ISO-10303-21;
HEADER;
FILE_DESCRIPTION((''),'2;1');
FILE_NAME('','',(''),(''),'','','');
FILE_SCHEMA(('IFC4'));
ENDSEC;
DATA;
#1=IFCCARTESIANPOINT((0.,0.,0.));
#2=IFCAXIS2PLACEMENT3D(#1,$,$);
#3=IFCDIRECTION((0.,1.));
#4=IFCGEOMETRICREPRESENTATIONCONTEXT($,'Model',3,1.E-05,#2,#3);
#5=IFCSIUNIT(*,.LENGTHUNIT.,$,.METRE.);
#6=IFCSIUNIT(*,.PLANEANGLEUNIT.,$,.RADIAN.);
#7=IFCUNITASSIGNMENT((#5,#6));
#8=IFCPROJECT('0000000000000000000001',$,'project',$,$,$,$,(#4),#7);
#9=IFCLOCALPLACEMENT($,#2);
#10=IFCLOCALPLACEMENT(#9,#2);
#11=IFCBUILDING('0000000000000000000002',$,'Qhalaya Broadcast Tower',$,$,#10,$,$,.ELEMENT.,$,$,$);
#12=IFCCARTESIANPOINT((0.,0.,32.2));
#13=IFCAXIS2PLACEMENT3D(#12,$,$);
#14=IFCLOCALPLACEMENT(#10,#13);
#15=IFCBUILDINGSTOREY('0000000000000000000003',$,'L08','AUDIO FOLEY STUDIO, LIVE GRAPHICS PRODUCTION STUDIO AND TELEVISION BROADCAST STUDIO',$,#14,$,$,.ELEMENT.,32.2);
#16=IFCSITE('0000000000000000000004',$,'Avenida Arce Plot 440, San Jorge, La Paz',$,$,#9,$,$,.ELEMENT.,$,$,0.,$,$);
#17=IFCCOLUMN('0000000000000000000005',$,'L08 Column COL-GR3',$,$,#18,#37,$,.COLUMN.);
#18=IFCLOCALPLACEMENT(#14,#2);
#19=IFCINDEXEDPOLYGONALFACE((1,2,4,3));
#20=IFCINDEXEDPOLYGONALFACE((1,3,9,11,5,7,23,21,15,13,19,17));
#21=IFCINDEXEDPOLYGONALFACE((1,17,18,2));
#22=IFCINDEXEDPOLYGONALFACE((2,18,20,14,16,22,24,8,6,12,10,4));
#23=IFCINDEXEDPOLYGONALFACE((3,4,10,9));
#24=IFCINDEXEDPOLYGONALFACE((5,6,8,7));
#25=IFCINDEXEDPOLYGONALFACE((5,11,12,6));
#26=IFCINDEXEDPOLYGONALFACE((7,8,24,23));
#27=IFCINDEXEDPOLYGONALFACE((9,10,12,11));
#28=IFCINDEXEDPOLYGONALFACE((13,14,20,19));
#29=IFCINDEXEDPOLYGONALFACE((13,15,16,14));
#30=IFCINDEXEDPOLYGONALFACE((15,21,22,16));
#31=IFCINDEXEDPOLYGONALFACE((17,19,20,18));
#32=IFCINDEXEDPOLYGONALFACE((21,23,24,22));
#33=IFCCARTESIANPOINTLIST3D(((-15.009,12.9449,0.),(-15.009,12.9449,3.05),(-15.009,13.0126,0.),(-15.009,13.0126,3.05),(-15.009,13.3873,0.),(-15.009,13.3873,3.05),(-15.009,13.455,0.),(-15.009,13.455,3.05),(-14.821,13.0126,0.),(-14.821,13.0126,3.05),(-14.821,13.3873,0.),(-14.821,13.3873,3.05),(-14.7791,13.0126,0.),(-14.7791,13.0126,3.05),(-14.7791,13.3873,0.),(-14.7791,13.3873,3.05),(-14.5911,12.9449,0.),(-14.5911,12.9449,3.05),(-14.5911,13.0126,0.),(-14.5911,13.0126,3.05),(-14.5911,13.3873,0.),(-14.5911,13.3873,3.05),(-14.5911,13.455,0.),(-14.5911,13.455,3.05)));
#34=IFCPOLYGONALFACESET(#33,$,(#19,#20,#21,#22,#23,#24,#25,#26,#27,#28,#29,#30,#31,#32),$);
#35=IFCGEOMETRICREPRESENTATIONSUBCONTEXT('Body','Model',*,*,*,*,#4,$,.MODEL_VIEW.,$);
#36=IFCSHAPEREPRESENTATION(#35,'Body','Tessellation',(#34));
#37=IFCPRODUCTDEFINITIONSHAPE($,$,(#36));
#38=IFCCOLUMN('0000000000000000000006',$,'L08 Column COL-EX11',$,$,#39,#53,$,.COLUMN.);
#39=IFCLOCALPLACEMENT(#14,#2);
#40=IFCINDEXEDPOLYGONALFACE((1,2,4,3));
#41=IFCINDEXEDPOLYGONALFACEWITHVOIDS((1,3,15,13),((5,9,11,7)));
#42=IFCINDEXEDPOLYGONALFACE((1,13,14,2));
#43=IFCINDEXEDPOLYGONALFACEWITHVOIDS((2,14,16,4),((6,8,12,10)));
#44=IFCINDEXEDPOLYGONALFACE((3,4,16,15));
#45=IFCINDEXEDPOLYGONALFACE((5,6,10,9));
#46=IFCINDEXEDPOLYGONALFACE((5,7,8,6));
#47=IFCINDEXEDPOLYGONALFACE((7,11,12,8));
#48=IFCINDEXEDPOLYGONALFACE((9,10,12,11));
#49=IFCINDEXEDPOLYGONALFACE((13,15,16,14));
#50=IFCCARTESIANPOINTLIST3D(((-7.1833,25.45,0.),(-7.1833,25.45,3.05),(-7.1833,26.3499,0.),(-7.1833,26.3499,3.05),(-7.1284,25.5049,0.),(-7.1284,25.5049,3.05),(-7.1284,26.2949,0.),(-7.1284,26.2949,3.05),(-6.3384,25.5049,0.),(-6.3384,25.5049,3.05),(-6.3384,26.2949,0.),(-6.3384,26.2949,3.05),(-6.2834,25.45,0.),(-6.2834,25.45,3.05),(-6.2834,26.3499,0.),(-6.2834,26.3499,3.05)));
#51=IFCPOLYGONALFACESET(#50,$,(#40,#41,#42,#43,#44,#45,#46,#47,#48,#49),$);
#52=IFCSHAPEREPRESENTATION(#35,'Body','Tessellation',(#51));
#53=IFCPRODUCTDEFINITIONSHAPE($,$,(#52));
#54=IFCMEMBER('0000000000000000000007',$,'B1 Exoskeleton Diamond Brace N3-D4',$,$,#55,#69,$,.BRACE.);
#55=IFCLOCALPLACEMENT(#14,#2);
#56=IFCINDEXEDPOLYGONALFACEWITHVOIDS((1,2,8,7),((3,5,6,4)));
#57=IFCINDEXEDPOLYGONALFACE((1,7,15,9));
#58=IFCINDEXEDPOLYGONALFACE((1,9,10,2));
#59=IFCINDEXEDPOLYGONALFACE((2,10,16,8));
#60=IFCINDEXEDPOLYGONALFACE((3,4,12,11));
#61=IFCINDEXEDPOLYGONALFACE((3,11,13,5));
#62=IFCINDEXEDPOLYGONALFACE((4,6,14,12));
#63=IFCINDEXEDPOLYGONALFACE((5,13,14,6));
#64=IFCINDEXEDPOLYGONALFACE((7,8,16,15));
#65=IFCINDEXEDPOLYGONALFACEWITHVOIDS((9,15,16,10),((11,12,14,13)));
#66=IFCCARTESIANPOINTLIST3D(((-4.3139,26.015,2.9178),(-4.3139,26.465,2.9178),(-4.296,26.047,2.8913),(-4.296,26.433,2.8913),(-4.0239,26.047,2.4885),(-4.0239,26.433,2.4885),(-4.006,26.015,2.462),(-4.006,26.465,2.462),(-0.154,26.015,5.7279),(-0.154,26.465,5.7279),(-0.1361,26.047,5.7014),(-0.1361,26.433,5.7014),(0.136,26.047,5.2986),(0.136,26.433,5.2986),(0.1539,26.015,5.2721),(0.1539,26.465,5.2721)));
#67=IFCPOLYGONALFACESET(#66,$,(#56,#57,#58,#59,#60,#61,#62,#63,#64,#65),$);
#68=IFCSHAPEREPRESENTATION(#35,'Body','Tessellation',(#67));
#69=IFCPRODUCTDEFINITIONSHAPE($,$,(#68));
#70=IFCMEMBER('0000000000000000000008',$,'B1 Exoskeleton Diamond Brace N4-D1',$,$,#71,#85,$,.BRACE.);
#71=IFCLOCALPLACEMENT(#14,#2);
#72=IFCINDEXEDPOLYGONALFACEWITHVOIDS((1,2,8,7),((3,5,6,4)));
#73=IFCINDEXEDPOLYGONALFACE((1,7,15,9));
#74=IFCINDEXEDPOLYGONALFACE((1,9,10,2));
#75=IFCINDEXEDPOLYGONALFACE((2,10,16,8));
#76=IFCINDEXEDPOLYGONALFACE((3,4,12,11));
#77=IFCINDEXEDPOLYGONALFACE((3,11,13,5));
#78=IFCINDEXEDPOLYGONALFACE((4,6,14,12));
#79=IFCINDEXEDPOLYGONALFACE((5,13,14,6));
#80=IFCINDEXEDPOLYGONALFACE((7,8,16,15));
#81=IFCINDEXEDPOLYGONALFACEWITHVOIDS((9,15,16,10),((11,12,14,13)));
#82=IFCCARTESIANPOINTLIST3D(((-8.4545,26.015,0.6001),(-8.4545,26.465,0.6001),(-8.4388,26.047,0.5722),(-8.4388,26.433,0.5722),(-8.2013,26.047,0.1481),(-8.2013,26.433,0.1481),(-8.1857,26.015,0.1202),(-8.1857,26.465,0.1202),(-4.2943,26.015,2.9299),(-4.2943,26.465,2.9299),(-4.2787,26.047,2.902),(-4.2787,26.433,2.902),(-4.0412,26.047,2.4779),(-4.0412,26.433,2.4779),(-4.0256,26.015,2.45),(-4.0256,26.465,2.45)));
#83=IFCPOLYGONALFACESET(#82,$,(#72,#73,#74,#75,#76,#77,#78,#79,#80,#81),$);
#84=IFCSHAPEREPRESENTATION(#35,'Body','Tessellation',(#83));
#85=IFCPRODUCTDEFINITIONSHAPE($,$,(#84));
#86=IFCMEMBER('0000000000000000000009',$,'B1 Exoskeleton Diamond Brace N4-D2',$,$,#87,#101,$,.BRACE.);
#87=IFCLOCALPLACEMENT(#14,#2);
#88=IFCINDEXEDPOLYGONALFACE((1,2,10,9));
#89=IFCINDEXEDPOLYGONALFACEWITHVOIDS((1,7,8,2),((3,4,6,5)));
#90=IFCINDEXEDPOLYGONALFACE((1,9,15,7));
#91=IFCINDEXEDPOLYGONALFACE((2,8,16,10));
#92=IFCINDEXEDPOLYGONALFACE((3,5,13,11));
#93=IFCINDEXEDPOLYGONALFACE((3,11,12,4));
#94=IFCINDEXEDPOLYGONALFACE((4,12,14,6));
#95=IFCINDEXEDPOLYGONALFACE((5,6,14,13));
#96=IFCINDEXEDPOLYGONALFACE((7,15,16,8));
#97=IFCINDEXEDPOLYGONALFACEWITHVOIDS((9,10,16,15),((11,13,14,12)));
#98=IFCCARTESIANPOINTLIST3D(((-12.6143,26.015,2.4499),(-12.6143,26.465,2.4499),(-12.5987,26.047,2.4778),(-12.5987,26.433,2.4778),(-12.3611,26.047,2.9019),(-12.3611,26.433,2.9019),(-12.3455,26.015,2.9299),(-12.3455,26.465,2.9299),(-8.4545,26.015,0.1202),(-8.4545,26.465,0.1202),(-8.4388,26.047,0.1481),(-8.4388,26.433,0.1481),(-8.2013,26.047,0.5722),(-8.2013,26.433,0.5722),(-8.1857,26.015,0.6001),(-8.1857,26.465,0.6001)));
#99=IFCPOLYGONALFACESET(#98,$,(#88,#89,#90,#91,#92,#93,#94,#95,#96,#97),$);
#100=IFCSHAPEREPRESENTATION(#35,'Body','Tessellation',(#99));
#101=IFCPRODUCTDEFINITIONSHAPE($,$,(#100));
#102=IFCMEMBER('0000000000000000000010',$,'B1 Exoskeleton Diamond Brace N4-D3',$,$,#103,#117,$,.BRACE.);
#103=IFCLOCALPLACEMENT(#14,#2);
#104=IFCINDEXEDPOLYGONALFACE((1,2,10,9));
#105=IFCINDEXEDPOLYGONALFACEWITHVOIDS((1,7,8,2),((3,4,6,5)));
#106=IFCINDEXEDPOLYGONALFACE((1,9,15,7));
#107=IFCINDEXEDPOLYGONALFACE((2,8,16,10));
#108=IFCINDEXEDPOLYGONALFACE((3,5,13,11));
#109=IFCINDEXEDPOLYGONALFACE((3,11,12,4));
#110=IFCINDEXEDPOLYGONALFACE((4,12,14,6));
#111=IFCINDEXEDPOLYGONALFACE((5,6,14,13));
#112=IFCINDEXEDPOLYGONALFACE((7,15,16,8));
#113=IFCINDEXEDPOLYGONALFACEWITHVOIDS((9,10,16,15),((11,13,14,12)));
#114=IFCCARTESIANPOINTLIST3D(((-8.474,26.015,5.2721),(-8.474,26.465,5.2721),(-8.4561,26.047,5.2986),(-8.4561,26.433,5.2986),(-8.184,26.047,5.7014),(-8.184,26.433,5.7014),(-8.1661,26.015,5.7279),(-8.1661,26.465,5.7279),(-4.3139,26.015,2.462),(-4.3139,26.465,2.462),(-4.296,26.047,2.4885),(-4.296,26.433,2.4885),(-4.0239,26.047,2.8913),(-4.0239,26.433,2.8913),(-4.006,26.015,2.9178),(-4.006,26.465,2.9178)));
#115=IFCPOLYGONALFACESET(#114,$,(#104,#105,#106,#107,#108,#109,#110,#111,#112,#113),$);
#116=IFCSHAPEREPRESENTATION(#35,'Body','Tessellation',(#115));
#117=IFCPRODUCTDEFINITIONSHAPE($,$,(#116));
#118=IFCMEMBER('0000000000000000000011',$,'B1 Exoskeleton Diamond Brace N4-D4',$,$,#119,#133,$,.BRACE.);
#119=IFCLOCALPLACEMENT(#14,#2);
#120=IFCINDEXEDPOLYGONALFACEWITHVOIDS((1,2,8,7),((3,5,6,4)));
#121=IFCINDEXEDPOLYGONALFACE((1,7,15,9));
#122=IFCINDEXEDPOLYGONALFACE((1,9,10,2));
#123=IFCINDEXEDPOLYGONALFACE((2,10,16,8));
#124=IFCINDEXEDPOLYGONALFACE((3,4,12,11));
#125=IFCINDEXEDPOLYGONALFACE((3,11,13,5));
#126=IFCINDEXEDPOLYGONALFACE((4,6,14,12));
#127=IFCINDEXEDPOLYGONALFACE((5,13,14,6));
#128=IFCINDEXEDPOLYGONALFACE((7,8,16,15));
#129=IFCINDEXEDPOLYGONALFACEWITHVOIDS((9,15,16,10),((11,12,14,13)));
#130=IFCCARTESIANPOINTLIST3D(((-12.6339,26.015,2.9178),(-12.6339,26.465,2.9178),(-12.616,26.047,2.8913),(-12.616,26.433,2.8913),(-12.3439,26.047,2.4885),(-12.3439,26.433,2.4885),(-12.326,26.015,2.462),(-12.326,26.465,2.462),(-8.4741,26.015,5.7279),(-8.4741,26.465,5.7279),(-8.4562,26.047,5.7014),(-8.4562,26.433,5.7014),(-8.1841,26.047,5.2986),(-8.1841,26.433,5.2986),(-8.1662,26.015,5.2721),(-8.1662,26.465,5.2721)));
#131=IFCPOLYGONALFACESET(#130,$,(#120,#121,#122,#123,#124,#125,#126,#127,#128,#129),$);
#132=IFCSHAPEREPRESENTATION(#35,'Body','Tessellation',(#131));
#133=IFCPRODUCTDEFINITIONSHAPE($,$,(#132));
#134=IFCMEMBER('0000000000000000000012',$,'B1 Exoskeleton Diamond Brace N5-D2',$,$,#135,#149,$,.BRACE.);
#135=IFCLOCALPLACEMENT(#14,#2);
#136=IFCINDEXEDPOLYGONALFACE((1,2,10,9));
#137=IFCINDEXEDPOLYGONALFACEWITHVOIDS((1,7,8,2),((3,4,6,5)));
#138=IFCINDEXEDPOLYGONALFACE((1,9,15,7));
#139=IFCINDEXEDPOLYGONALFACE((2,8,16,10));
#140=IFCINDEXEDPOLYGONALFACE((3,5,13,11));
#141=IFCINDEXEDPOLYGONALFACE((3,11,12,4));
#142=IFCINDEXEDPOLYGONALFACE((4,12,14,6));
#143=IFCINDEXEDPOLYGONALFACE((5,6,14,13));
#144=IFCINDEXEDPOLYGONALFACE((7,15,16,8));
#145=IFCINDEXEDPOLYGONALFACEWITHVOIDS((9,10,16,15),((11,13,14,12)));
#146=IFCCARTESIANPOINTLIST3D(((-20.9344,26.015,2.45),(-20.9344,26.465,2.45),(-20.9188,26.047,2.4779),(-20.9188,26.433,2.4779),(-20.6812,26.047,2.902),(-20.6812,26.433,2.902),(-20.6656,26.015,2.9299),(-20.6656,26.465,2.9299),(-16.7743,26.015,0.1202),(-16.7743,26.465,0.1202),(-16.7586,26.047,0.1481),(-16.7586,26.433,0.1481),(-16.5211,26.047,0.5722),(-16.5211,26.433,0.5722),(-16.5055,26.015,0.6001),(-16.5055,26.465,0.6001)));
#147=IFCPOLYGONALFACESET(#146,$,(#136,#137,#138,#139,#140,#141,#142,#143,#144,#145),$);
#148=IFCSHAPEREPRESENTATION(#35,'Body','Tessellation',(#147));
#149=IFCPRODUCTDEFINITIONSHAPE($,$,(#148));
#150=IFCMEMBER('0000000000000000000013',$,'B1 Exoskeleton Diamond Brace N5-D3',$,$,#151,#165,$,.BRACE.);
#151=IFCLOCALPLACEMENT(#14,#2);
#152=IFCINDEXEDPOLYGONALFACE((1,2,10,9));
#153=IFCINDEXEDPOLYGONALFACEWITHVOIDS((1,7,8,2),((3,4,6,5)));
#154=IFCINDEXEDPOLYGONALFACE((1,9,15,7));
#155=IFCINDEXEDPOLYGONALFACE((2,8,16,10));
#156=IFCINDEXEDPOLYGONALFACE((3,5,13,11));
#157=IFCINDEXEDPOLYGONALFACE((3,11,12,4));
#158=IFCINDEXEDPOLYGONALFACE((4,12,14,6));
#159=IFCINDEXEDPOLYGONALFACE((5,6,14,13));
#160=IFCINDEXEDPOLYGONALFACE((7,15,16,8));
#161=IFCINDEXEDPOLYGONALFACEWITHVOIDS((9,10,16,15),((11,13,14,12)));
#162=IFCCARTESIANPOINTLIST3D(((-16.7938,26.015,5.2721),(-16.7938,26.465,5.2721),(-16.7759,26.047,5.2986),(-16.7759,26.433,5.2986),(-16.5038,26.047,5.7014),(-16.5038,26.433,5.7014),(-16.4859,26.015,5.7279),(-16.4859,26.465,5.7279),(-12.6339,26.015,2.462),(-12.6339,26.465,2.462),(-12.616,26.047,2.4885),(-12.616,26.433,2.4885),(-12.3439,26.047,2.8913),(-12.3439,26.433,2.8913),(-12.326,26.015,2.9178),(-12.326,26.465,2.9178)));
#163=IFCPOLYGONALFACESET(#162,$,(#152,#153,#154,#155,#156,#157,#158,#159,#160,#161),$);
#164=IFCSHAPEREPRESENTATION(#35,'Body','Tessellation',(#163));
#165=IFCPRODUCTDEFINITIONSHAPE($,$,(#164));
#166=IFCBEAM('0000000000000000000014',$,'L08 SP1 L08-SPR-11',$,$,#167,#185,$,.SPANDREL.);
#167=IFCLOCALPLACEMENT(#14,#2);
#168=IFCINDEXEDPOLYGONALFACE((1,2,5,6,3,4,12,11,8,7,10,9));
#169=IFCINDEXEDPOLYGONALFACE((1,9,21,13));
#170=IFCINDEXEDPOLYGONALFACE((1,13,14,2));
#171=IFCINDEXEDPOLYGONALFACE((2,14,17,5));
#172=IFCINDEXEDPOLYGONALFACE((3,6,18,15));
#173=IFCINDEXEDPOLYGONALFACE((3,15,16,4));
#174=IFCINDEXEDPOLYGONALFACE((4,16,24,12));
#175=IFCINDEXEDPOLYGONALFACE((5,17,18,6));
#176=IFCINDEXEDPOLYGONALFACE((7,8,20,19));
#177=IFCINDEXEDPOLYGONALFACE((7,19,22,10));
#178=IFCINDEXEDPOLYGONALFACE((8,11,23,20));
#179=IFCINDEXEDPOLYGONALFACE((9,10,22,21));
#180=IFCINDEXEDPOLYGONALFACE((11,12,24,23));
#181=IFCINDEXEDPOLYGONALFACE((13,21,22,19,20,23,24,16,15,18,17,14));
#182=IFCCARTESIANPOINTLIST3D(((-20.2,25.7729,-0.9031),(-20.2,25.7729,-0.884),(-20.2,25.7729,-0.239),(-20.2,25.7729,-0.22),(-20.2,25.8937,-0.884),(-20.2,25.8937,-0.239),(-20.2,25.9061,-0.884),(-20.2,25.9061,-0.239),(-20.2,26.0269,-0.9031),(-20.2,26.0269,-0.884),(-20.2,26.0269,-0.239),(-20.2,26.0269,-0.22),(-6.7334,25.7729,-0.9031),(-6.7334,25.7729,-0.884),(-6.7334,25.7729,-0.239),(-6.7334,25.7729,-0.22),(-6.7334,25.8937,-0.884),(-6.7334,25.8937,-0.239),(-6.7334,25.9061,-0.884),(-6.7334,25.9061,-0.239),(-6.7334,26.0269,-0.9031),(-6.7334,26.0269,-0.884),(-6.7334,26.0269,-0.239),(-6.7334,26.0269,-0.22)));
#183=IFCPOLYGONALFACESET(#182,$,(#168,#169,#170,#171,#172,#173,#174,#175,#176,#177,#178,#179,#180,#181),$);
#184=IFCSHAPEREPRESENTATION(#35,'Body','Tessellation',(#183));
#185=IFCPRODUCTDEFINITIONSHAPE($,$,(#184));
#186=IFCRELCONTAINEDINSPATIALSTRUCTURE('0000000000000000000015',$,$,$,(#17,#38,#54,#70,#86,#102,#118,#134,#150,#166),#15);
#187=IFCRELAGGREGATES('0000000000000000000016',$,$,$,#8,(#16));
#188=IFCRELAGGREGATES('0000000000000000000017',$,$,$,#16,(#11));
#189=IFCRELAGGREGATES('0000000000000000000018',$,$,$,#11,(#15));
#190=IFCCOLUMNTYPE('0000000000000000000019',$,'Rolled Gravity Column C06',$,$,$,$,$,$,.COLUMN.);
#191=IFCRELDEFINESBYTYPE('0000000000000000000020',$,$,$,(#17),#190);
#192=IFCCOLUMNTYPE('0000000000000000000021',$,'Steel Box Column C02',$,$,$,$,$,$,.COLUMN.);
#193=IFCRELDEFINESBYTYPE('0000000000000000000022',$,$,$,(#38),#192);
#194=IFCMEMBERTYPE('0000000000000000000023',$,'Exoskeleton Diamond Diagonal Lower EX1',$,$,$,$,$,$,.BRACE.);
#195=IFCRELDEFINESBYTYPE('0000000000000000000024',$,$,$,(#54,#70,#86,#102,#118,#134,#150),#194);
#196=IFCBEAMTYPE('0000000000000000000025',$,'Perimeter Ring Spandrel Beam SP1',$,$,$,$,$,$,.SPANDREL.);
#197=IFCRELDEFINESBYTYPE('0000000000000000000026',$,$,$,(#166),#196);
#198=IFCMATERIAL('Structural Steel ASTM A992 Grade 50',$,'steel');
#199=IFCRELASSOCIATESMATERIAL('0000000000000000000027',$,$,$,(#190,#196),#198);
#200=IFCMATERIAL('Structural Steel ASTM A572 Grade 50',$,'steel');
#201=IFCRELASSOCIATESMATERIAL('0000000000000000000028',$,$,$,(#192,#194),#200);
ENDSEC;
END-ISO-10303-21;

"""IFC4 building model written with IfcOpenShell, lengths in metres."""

from ifc_helpers import new_model, si_unit, direction, frame, origin, origin_2d, place, context, subcontext, project, spatial, hollow_rectangle, i_section, extrude, material, material_profile, profile_set, type_object, element, save


model = new_model("IFC4")

# Units and contexts
model_context = context("Model", 3, precision=1e-05, world=origin(), true_north=direction((0.0, 1.0)))
body_context = subcontext(model_context, "Body", "Model", "MODEL_VIEW")
ifc_project = project(units=[si_unit("LENGTHUNIT", "METRE"), si_unit("PLANEANGLEUNIT", "RADIAN")], contexts=[model_context])

# Site, building, storey
site_placement = place(None, origin())
site = spatial("IfcSite", under=ifc_project, at=site_placement, Name="Avenida Arce Plot 440, San Jorge, La Paz", CompositionType="ELEMENT", RefElevation=0.0)
building_placement = place(site_placement, origin())
building = spatial("IfcBuilding", under=site, at=building_placement, Name="Qhalaya Broadcast Tower", CompositionType="ELEMENT")
storey_placement = place(building_placement, frame((0.0, 0.0, 32.2)))
storey = spatial("IfcBuildingStorey", under=building, at=storey_placement, Name="L08", Description="AUDIO FOLEY STUDIO, LIVE GRAPHICS PRODUCTION STUDIO AND TELEVISION BROADCAST STUDIO", CompositionType="ELEMENT", Elevation=32.2)

# Columns
ifc_material_1 = material(Name="Structural Steel ASTM A992 Grade 50", Category="steel")
ifc_material_profile_1 = material_profile(ifc_material_1, i_section(OverallWidth=0.418, OverallDepth=0.51, WebThickness=0.042, FlangeThickness=0.0676, at=origin_2d()), Name="W14X370")
ifc_profile_set_1 = profile_set([ifc_material_profile_1], Name="Structural Steel ASTM A992 Grade 50")
column_type_1 = type_object("IfcColumnType", Name="Rolled Gravity Column C06", PredefinedType="COLUMN", material=ifc_profile_set_1)
column_1_placement = place(storey_placement, frame((-14.8, 13.2, 0.0), z_axis=(0.0, 0.0, 1.0), x_axis=(1.0, 0.0, 0.0)))
element("IfcColumn", 1, at=column_1_placement, inside=storey, type_object=column_type_1, Name="L08 Column COL-GR3", PredefinedType="COLUMN", context=body_context, shape_type="SweptSolid", body=[
    extrude(i_section(OverallWidth=0.418, OverallDepth=0.51, WebThickness=0.042, FlangeThickness=0.0676, at=origin_2d()), origin(), (0.0, 0.0, 1.0), 3.05),
])
ifc_material_2 = material(Name="Structural Steel ASTM A572 Grade 50", Category="steel")
ifc_material_profile_2 = material_profile(ifc_material_2, hollow_rectangle(XDim=0.8999, YDim=0.8999, WallThickness=0.0549, at=origin_2d()), Name="BOX 900x900x55")
ifc_profile_set_2 = profile_set([ifc_material_profile_2], Name="Structural Steel ASTM A572 Grade 50")
column_type_2 = type_object("IfcColumnType", Name="Steel Box Column C02", PredefinedType="COLUMN", material=ifc_profile_set_2)
column_2_placement = place(storey_placement, frame((-6.7334, 25.8999, 0.0), z_axis=(0.0, 0.0, 1.0), x_axis=(1.0, 0.0, 0.0)))
element("IfcColumn", 2, at=column_2_placement, inside=storey, type_object=column_type_2, Name="L08 Column COL-EX11", PredefinedType="COLUMN", context=body_context, shape_type="SweptSolid", body=[
    extrude(hollow_rectangle(XDim=0.8999, YDim=0.8999, WallThickness=0.0549, at=origin_2d()), origin(), (0.0, 0.0, 1.0), 3.05),
])

# Members
ifc_material_profile_3 = material_profile(ifc_material_2, hollow_rectangle(XDim=0.45, YDim=0.55, WallThickness=0.032, at=origin_2d()), Name="BOX 450x550x32")
ifc_profile_set_3 = profile_set([ifc_material_profile_3], Name="Structural Steel ASTM A572 Grade 50")
member_type = type_object("IfcMemberType", Name="Exoskeleton Diamond Diagonal Lower EX1", PredefinedType="BRACE", material=ifc_profile_set_3)
member_1_placement = place(storey_placement, frame((-4.1599, 26.24, 2.6899), z_axis=(0.828653, 0.0, 0.559763), x_axis=(0.0, 1.0, 0.0)))
element("IfcMember", 3, at=member_1_placement, inside=storey, type_object=member_type, Name="B1 Exoskeleton Diamond Brace N3-D4", PredefinedType="BRACE", context=body_context, shape_type="SweptSolid", body=[
    extrude(hollow_rectangle(XDim=0.45, YDim=0.55, WallThickness=0.032, at=origin_2d()), origin(), (0.0, 0.0, 1.0), 5.02),
])
member_2_placement = place(storey_placement, frame((-8.3201, 26.24, 0.3601), z_axis=(0.872493, 0.0, 0.488627), x_axis=(0.0, 1.0, 0.0)))
element("IfcMember", 4, at=member_2_placement, inside=storey, type_object=member_type, Name="B1 Exoskeleton Diamond Brace N4-D1", PredefinedType="BRACE", context=body_context, shape_type="SweptSolid", body=[
    extrude(hollow_rectangle(XDim=0.45, YDim=0.55, WallThickness=0.032, at=origin_2d()), origin(), (0.0, 0.0, 1.0), 4.7681),
])
member_3_placement = place(storey_placement, frame((-8.3201, 26.24, 0.3601), z_axis=(-0.872481, 0.0, 0.488649), x_axis=(0.0, -1.0, 0.0)))
element("IfcMember", 5, at=member_3_placement, inside=storey, type_object=member_type, Name="B1 Exoskeleton Diamond Brace N4-D2", PredefinedType="BRACE", context=body_context, shape_type="SweptSolid", body=[
    extrude(hollow_rectangle(XDim=0.45, YDim=0.55, WallThickness=0.032, at=origin_2d()), origin(), (0.0, 0.0, 1.0), 4.7678),
])
member_4_placement = place(storey_placement, frame((-4.1599, 26.24, 2.6899), z_axis=(-0.828668, 0.0, 0.55974), x_axis=(0.0, -1.0, 0.0)))
element("IfcMember", 6, at=member_4_placement, inside=storey, type_object=member_type, Name="B1 Exoskeleton Diamond Brace N4-D3", PredefinedType="BRACE", context=body_context, shape_type="SweptSolid", body=[
    extrude(hollow_rectangle(XDim=0.45, YDim=0.55, WallThickness=0.032, at=origin_2d()), origin(), (0.0, 0.0, 1.0), 5.0203),
])
member_5_placement = place(storey_placement, frame((-12.48, 26.24, 2.6899), z_axis=(0.828653, 0.0, 0.559763), x_axis=(0.0, 1.0, 0.0)))
element("IfcMember", 7, at=member_5_placement, inside=storey, type_object=member_type, Name="B1 Exoskeleton Diamond Brace N4-D4", PredefinedType="BRACE", context=body_context, shape_type="SweptSolid", body=[
    extrude(hollow_rectangle(XDim=0.45, YDim=0.55, WallThickness=0.032, at=origin_2d()), origin(), (0.0, 0.0, 1.0), 5.02),
])
member_6_placement = place(storey_placement, frame((-16.6399, 26.24, 0.3601), z_axis=(-0.872493, 0.0, 0.488627), x_axis=(0.0, -1.0, 0.0)))
element("IfcMember", 8, at=member_6_placement, inside=storey, type_object=member_type, Name="B1 Exoskeleton Diamond Brace N5-D2", PredefinedType="BRACE", context=body_context, shape_type="SweptSolid", body=[
    extrude(hollow_rectangle(XDim=0.45, YDim=0.55, WallThickness=0.032, at=origin_2d()), origin(), (0.0, 0.0, 1.0), 4.7681),
])
member_7_placement = place(storey_placement, frame((-12.48, 26.24, 2.6899), z_axis=(-0.828653, 0.0, 0.559763), x_axis=(0.0, -1.0, 0.0)))
element("IfcMember", 9, at=member_7_placement, inside=storey, type_object=member_type, Name="B1 Exoskeleton Diamond Brace N5-D3", PredefinedType="BRACE", context=body_context, shape_type="SweptSolid", body=[
    extrude(hollow_rectangle(XDim=0.45, YDim=0.55, WallThickness=0.032, at=origin_2d()), origin(), (0.0, 0.0, 1.0), 5.02),
])

# Beam
ifc_material_profile_4 = material_profile(ifc_material_1, i_section(OverallWidth=0.2539, OverallDepth=0.6831, WebThickness=0.0125, FlangeThickness=0.019, at=origin_2d()), Name="W27X94")
ifc_profile_set_4 = profile_set([ifc_material_profile_4], Name="Structural Steel ASTM A992 Grade 50")
beam_type = type_object("IfcBeamType", Name="Perimeter Ring Spandrel Beam SP1", PredefinedType="SPANDREL", material=ifc_profile_set_4)
beam_placement = place(storey_placement, frame((-6.7334, 25.8999, -0.5615), z_axis=(-1.0, 0.0, 0.0), x_axis=(0.0, -1.0, 0.0)))
element("IfcBeam", 10, at=beam_placement, inside=storey, type_object=beam_type, Name="L08 SP1 L08-SPR-11", PredefinedType="SPANDREL", context=body_context, shape_type="SweptSolid", body=[
    extrude(i_section(OverallWidth=0.2539, OverallDepth=0.6831, WebThickness=0.0125, FlangeThickness=0.019, at=origin_2d()), origin(), (0.0, 0.0, 1.0), 13.4666),
])

save(model, "model.ifc")
